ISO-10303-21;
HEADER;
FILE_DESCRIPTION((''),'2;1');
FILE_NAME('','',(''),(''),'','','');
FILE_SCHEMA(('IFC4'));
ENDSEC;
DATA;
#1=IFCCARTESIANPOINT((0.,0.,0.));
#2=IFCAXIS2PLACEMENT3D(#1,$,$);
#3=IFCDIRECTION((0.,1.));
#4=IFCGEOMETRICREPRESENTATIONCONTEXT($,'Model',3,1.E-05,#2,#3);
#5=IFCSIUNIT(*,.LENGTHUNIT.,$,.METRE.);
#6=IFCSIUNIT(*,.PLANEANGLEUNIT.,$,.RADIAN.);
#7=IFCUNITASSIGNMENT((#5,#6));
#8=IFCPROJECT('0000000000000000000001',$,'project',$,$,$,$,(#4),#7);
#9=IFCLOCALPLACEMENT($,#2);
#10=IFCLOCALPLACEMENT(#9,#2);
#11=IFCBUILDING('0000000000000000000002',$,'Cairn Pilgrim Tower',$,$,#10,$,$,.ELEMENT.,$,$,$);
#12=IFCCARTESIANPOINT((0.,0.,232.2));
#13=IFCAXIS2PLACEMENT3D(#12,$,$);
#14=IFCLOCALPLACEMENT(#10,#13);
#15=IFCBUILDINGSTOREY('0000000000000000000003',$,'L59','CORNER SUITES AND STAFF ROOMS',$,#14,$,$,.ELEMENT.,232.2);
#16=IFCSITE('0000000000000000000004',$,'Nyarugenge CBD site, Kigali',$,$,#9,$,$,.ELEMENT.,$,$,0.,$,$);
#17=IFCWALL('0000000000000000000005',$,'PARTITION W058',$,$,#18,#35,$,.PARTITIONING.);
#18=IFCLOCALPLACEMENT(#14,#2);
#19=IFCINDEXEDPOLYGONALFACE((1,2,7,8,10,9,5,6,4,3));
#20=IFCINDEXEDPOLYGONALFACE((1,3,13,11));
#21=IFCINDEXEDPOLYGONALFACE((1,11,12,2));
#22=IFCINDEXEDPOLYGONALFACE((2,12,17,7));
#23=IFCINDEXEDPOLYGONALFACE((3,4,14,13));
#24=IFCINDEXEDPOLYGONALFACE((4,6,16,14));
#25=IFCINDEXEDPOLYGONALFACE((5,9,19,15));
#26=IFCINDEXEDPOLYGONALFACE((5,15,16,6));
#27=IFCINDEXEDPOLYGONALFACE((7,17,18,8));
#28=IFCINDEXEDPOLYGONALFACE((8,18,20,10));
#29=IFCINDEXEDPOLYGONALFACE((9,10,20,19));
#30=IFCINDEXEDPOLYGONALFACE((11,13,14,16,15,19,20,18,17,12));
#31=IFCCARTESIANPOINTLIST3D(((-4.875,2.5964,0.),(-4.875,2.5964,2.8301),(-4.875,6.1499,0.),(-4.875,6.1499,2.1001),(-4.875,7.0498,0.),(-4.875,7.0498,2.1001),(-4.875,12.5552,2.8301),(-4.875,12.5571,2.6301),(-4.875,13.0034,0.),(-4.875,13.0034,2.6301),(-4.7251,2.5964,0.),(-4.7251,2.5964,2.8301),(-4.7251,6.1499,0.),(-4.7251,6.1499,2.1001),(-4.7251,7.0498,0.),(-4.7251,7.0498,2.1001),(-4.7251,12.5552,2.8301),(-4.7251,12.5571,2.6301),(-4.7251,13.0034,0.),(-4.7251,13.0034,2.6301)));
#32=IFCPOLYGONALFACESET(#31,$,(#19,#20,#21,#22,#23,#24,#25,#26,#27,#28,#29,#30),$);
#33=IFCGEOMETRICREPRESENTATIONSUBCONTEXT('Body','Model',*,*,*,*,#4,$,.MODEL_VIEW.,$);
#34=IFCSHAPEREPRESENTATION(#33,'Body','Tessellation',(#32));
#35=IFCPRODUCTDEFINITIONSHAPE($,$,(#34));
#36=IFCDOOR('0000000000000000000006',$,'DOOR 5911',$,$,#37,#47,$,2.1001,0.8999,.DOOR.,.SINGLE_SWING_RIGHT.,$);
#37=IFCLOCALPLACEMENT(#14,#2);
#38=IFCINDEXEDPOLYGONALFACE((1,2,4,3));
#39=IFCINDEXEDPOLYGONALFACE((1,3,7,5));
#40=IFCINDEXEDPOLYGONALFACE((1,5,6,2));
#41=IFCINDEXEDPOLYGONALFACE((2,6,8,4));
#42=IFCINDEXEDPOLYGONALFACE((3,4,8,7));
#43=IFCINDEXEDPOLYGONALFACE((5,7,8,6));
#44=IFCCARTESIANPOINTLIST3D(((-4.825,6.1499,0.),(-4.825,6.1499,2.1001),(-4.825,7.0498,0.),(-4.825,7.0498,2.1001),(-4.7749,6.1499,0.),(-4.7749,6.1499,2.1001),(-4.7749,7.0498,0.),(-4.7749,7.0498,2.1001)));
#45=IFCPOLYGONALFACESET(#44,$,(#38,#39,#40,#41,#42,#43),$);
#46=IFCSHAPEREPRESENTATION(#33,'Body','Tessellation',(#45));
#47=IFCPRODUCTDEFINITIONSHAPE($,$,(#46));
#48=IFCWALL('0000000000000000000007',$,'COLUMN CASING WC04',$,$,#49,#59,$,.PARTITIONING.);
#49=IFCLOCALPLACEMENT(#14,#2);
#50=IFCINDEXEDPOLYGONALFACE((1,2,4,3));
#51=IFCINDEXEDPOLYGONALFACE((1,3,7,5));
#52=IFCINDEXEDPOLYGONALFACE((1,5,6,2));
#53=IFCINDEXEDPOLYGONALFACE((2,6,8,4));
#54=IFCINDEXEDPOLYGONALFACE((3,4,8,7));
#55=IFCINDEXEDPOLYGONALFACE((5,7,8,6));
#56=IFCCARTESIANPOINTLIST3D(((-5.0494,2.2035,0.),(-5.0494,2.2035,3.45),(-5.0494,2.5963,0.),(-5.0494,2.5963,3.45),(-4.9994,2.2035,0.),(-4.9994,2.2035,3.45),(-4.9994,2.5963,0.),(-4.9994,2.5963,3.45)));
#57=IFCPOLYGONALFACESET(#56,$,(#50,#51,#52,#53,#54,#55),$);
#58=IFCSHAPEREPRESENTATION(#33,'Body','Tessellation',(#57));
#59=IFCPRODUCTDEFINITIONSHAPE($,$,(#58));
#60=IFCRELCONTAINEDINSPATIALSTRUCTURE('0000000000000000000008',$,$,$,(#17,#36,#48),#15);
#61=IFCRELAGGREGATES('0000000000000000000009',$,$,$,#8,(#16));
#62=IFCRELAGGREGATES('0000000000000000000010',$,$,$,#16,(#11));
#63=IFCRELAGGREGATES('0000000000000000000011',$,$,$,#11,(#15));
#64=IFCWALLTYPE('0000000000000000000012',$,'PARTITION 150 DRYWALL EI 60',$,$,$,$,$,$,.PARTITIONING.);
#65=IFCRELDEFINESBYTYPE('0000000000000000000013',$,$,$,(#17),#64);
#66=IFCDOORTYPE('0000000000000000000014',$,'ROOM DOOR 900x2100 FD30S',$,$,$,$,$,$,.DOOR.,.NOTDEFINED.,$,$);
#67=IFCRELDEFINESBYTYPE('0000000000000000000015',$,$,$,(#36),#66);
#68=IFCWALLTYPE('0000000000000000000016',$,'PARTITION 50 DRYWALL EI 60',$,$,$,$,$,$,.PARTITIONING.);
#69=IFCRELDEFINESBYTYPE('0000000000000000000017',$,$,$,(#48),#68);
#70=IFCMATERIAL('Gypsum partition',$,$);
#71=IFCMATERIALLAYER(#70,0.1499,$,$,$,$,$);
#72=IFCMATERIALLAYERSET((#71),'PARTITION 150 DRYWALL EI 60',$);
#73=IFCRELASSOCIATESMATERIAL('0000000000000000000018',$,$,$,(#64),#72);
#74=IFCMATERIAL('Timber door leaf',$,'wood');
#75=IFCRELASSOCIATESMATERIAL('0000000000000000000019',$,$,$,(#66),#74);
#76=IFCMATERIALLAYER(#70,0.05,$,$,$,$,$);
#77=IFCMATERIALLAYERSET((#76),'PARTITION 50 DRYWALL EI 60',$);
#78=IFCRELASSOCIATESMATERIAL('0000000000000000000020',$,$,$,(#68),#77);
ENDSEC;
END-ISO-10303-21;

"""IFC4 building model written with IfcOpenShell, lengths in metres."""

from ifc_helpers import new_model, si_unit, direction, frame, frame_2d, origin, place, context, subcontext, project, spatial, polyline, rectangle, outline, extrude, material, layer, layer_set, type_object, element, fill, save


model = new_model("IFC4")

# Units and contexts
model_context = context("Model", 3, precision=1e-05, world=origin(), true_north=direction((0.0, 1.0)))
body_context = subcontext(model_context, "Body", "Model", "MODEL_VIEW")
ifc_project = project(units=[si_unit("LENGTHUNIT", "METRE"), si_unit("PLANEANGLEUNIT", "RADIAN")], contexts=[model_context])

# Site, building, storey
site_placement = place(None, origin())
site = spatial("IfcSite", under=ifc_project, at=site_placement, Name="Nyarugenge CBD site, Kigali", CompositionType="ELEMENT", RefElevation=0.0)
building_placement = place(site_placement, origin())
building = spatial("IfcBuilding", under=site, at=building_placement, Name="Cairn Pilgrim Tower", CompositionType="ELEMENT")
storey_placement = place(building_placement, frame((0.0, 0.0, 232.2)))
storey = spatial("IfcBuildingStorey", under=building, at=storey_placement, Name="L59", Description="CORNER SUITES AND STAFF ROOMS", CompositionType="ELEMENT", Elevation=232.2)

# Wall, opening, door
ifc_material_1 = material(Name="Gypsum partition")
ifc_layer_1 = layer(ifc_material_1, 0.1499)
ifc_layer_set_1 = layer_set([ifc_layer_1], Name="PARTITION 150 DRYWALL EI 60")
wall_type_1 = type_object("IfcWallType", Name="PARTITION 150 DRYWALL EI 60", PredefinedType="PARTITIONING", material=ifc_layer_set_1)
wall_1_placement = place(storey_placement, frame((-4.8, 2.5964, 0.0), z_axis=(0.0, 0.0, 1.0), x_axis=(0.0, 1.0, 0.0)))
wall_1 = element("IfcWall", 1, at=wall_1_placement, inside=storey, type_object=wall_type_1, Name="PARTITION W058", PredefinedType="PARTITIONING", context=body_context, shape_type="SweptSolid", body=[
    extrude(outline(polyline([(0.0, 0.0), (10.407, 0.0), (10.407, 2.6301), (9.9607, 2.6301), (9.9587, 2.8301), (0.0, 2.8301), (0.0, 0.0)])), frame((0.0, 0.075, 0.0), z_axis=(0.0, -1.0, 0.0), x_axis=(1.0, 0.0, 0.0)), (0.0, 0.0, 1.0), 0.1499),
])
opening_1_placement = place(wall_1_placement, frame((3.5535, 0.0, 0.0)))
opening_1 = element("IfcOpeningElement", 2, at=opening_1_placement, cuts=wall_1, PredefinedType="OPENING", context=body_context, shape_type="SweptSolid", body=[
    extrude(rectangle(XDim=0.8999, YDim=2.1001, at=frame_2d((0.45, 1.05))), frame((0.0, 0.085, 0.0), z_axis=(0.0, -1.0, 0.0), x_axis=(1.0, 0.0, 0.0)), (0.0, 0.0, 1.0), 0.1699),
])
ifc_material_2 = material(Name="Timber door leaf", Category="wood")
door_type_1 = type_object("IfcDoorType", Name="ROOM DOOR 900x2100 FD30S", OperationType="NOTDEFINED", PredefinedType="DOOR", material=ifc_material_2)
door_1_placement = place(opening_1_placement, origin())
door_1 = element("IfcDoor", 3, at=door_1_placement, inside=storey, type_object=door_type_1, Name="DOOR 5911", OperationType="SINGLE_SWING_RIGHT", OverallHeight=2.1001, OverallWidth=0.8999, PredefinedType="DOOR", context=body_context, shape_type="SweptSolid", body=[
    extrude(rectangle(XDim=0.8999, YDim=2.1001, at=frame_2d((0.45, 1.05))), frame((0.0, 0.0249, 0.0), z_axis=(0.0, -1.0, 0.0), x_axis=(1.0, 0.0, 0.0)), (0.0, 0.0, 1.0), 0.05),
])
fill(opening_1, door_1)

# Wall
ifc_layer_2 = layer(ifc_material_1, 0.05)
ifc_layer_set_2 = layer_set([ifc_layer_2], Name="PARTITION 50 DRYWALL EI 60")
wall_type_2 = type_object("IfcWallType", Name="PARTITION 50 DRYWALL EI 60", PredefinedType="PARTITIONING", material=ifc_layer_set_2)
wall_2_placement = place(storey_placement, frame((-5.0244, 2.2036, 0.0), z_axis=(0.0, 0.0, 1.0), x_axis=(0.0, 1.0, 0.0)))
element("IfcWall", 4, at=wall_2_placement, inside=storey, type_object=wall_type_2, Name="COLUMN CASING WC04", PredefinedType="PARTITIONING", context=body_context, shape_type="SweptSolid", body=[
    extrude(rectangle(XDim=0.3928, YDim=0.05, at=frame_2d((0.1963, 0.0))), origin(), (0.0, 0.0, 1.0), 3.45),
])

save(model, "model.ifc")
